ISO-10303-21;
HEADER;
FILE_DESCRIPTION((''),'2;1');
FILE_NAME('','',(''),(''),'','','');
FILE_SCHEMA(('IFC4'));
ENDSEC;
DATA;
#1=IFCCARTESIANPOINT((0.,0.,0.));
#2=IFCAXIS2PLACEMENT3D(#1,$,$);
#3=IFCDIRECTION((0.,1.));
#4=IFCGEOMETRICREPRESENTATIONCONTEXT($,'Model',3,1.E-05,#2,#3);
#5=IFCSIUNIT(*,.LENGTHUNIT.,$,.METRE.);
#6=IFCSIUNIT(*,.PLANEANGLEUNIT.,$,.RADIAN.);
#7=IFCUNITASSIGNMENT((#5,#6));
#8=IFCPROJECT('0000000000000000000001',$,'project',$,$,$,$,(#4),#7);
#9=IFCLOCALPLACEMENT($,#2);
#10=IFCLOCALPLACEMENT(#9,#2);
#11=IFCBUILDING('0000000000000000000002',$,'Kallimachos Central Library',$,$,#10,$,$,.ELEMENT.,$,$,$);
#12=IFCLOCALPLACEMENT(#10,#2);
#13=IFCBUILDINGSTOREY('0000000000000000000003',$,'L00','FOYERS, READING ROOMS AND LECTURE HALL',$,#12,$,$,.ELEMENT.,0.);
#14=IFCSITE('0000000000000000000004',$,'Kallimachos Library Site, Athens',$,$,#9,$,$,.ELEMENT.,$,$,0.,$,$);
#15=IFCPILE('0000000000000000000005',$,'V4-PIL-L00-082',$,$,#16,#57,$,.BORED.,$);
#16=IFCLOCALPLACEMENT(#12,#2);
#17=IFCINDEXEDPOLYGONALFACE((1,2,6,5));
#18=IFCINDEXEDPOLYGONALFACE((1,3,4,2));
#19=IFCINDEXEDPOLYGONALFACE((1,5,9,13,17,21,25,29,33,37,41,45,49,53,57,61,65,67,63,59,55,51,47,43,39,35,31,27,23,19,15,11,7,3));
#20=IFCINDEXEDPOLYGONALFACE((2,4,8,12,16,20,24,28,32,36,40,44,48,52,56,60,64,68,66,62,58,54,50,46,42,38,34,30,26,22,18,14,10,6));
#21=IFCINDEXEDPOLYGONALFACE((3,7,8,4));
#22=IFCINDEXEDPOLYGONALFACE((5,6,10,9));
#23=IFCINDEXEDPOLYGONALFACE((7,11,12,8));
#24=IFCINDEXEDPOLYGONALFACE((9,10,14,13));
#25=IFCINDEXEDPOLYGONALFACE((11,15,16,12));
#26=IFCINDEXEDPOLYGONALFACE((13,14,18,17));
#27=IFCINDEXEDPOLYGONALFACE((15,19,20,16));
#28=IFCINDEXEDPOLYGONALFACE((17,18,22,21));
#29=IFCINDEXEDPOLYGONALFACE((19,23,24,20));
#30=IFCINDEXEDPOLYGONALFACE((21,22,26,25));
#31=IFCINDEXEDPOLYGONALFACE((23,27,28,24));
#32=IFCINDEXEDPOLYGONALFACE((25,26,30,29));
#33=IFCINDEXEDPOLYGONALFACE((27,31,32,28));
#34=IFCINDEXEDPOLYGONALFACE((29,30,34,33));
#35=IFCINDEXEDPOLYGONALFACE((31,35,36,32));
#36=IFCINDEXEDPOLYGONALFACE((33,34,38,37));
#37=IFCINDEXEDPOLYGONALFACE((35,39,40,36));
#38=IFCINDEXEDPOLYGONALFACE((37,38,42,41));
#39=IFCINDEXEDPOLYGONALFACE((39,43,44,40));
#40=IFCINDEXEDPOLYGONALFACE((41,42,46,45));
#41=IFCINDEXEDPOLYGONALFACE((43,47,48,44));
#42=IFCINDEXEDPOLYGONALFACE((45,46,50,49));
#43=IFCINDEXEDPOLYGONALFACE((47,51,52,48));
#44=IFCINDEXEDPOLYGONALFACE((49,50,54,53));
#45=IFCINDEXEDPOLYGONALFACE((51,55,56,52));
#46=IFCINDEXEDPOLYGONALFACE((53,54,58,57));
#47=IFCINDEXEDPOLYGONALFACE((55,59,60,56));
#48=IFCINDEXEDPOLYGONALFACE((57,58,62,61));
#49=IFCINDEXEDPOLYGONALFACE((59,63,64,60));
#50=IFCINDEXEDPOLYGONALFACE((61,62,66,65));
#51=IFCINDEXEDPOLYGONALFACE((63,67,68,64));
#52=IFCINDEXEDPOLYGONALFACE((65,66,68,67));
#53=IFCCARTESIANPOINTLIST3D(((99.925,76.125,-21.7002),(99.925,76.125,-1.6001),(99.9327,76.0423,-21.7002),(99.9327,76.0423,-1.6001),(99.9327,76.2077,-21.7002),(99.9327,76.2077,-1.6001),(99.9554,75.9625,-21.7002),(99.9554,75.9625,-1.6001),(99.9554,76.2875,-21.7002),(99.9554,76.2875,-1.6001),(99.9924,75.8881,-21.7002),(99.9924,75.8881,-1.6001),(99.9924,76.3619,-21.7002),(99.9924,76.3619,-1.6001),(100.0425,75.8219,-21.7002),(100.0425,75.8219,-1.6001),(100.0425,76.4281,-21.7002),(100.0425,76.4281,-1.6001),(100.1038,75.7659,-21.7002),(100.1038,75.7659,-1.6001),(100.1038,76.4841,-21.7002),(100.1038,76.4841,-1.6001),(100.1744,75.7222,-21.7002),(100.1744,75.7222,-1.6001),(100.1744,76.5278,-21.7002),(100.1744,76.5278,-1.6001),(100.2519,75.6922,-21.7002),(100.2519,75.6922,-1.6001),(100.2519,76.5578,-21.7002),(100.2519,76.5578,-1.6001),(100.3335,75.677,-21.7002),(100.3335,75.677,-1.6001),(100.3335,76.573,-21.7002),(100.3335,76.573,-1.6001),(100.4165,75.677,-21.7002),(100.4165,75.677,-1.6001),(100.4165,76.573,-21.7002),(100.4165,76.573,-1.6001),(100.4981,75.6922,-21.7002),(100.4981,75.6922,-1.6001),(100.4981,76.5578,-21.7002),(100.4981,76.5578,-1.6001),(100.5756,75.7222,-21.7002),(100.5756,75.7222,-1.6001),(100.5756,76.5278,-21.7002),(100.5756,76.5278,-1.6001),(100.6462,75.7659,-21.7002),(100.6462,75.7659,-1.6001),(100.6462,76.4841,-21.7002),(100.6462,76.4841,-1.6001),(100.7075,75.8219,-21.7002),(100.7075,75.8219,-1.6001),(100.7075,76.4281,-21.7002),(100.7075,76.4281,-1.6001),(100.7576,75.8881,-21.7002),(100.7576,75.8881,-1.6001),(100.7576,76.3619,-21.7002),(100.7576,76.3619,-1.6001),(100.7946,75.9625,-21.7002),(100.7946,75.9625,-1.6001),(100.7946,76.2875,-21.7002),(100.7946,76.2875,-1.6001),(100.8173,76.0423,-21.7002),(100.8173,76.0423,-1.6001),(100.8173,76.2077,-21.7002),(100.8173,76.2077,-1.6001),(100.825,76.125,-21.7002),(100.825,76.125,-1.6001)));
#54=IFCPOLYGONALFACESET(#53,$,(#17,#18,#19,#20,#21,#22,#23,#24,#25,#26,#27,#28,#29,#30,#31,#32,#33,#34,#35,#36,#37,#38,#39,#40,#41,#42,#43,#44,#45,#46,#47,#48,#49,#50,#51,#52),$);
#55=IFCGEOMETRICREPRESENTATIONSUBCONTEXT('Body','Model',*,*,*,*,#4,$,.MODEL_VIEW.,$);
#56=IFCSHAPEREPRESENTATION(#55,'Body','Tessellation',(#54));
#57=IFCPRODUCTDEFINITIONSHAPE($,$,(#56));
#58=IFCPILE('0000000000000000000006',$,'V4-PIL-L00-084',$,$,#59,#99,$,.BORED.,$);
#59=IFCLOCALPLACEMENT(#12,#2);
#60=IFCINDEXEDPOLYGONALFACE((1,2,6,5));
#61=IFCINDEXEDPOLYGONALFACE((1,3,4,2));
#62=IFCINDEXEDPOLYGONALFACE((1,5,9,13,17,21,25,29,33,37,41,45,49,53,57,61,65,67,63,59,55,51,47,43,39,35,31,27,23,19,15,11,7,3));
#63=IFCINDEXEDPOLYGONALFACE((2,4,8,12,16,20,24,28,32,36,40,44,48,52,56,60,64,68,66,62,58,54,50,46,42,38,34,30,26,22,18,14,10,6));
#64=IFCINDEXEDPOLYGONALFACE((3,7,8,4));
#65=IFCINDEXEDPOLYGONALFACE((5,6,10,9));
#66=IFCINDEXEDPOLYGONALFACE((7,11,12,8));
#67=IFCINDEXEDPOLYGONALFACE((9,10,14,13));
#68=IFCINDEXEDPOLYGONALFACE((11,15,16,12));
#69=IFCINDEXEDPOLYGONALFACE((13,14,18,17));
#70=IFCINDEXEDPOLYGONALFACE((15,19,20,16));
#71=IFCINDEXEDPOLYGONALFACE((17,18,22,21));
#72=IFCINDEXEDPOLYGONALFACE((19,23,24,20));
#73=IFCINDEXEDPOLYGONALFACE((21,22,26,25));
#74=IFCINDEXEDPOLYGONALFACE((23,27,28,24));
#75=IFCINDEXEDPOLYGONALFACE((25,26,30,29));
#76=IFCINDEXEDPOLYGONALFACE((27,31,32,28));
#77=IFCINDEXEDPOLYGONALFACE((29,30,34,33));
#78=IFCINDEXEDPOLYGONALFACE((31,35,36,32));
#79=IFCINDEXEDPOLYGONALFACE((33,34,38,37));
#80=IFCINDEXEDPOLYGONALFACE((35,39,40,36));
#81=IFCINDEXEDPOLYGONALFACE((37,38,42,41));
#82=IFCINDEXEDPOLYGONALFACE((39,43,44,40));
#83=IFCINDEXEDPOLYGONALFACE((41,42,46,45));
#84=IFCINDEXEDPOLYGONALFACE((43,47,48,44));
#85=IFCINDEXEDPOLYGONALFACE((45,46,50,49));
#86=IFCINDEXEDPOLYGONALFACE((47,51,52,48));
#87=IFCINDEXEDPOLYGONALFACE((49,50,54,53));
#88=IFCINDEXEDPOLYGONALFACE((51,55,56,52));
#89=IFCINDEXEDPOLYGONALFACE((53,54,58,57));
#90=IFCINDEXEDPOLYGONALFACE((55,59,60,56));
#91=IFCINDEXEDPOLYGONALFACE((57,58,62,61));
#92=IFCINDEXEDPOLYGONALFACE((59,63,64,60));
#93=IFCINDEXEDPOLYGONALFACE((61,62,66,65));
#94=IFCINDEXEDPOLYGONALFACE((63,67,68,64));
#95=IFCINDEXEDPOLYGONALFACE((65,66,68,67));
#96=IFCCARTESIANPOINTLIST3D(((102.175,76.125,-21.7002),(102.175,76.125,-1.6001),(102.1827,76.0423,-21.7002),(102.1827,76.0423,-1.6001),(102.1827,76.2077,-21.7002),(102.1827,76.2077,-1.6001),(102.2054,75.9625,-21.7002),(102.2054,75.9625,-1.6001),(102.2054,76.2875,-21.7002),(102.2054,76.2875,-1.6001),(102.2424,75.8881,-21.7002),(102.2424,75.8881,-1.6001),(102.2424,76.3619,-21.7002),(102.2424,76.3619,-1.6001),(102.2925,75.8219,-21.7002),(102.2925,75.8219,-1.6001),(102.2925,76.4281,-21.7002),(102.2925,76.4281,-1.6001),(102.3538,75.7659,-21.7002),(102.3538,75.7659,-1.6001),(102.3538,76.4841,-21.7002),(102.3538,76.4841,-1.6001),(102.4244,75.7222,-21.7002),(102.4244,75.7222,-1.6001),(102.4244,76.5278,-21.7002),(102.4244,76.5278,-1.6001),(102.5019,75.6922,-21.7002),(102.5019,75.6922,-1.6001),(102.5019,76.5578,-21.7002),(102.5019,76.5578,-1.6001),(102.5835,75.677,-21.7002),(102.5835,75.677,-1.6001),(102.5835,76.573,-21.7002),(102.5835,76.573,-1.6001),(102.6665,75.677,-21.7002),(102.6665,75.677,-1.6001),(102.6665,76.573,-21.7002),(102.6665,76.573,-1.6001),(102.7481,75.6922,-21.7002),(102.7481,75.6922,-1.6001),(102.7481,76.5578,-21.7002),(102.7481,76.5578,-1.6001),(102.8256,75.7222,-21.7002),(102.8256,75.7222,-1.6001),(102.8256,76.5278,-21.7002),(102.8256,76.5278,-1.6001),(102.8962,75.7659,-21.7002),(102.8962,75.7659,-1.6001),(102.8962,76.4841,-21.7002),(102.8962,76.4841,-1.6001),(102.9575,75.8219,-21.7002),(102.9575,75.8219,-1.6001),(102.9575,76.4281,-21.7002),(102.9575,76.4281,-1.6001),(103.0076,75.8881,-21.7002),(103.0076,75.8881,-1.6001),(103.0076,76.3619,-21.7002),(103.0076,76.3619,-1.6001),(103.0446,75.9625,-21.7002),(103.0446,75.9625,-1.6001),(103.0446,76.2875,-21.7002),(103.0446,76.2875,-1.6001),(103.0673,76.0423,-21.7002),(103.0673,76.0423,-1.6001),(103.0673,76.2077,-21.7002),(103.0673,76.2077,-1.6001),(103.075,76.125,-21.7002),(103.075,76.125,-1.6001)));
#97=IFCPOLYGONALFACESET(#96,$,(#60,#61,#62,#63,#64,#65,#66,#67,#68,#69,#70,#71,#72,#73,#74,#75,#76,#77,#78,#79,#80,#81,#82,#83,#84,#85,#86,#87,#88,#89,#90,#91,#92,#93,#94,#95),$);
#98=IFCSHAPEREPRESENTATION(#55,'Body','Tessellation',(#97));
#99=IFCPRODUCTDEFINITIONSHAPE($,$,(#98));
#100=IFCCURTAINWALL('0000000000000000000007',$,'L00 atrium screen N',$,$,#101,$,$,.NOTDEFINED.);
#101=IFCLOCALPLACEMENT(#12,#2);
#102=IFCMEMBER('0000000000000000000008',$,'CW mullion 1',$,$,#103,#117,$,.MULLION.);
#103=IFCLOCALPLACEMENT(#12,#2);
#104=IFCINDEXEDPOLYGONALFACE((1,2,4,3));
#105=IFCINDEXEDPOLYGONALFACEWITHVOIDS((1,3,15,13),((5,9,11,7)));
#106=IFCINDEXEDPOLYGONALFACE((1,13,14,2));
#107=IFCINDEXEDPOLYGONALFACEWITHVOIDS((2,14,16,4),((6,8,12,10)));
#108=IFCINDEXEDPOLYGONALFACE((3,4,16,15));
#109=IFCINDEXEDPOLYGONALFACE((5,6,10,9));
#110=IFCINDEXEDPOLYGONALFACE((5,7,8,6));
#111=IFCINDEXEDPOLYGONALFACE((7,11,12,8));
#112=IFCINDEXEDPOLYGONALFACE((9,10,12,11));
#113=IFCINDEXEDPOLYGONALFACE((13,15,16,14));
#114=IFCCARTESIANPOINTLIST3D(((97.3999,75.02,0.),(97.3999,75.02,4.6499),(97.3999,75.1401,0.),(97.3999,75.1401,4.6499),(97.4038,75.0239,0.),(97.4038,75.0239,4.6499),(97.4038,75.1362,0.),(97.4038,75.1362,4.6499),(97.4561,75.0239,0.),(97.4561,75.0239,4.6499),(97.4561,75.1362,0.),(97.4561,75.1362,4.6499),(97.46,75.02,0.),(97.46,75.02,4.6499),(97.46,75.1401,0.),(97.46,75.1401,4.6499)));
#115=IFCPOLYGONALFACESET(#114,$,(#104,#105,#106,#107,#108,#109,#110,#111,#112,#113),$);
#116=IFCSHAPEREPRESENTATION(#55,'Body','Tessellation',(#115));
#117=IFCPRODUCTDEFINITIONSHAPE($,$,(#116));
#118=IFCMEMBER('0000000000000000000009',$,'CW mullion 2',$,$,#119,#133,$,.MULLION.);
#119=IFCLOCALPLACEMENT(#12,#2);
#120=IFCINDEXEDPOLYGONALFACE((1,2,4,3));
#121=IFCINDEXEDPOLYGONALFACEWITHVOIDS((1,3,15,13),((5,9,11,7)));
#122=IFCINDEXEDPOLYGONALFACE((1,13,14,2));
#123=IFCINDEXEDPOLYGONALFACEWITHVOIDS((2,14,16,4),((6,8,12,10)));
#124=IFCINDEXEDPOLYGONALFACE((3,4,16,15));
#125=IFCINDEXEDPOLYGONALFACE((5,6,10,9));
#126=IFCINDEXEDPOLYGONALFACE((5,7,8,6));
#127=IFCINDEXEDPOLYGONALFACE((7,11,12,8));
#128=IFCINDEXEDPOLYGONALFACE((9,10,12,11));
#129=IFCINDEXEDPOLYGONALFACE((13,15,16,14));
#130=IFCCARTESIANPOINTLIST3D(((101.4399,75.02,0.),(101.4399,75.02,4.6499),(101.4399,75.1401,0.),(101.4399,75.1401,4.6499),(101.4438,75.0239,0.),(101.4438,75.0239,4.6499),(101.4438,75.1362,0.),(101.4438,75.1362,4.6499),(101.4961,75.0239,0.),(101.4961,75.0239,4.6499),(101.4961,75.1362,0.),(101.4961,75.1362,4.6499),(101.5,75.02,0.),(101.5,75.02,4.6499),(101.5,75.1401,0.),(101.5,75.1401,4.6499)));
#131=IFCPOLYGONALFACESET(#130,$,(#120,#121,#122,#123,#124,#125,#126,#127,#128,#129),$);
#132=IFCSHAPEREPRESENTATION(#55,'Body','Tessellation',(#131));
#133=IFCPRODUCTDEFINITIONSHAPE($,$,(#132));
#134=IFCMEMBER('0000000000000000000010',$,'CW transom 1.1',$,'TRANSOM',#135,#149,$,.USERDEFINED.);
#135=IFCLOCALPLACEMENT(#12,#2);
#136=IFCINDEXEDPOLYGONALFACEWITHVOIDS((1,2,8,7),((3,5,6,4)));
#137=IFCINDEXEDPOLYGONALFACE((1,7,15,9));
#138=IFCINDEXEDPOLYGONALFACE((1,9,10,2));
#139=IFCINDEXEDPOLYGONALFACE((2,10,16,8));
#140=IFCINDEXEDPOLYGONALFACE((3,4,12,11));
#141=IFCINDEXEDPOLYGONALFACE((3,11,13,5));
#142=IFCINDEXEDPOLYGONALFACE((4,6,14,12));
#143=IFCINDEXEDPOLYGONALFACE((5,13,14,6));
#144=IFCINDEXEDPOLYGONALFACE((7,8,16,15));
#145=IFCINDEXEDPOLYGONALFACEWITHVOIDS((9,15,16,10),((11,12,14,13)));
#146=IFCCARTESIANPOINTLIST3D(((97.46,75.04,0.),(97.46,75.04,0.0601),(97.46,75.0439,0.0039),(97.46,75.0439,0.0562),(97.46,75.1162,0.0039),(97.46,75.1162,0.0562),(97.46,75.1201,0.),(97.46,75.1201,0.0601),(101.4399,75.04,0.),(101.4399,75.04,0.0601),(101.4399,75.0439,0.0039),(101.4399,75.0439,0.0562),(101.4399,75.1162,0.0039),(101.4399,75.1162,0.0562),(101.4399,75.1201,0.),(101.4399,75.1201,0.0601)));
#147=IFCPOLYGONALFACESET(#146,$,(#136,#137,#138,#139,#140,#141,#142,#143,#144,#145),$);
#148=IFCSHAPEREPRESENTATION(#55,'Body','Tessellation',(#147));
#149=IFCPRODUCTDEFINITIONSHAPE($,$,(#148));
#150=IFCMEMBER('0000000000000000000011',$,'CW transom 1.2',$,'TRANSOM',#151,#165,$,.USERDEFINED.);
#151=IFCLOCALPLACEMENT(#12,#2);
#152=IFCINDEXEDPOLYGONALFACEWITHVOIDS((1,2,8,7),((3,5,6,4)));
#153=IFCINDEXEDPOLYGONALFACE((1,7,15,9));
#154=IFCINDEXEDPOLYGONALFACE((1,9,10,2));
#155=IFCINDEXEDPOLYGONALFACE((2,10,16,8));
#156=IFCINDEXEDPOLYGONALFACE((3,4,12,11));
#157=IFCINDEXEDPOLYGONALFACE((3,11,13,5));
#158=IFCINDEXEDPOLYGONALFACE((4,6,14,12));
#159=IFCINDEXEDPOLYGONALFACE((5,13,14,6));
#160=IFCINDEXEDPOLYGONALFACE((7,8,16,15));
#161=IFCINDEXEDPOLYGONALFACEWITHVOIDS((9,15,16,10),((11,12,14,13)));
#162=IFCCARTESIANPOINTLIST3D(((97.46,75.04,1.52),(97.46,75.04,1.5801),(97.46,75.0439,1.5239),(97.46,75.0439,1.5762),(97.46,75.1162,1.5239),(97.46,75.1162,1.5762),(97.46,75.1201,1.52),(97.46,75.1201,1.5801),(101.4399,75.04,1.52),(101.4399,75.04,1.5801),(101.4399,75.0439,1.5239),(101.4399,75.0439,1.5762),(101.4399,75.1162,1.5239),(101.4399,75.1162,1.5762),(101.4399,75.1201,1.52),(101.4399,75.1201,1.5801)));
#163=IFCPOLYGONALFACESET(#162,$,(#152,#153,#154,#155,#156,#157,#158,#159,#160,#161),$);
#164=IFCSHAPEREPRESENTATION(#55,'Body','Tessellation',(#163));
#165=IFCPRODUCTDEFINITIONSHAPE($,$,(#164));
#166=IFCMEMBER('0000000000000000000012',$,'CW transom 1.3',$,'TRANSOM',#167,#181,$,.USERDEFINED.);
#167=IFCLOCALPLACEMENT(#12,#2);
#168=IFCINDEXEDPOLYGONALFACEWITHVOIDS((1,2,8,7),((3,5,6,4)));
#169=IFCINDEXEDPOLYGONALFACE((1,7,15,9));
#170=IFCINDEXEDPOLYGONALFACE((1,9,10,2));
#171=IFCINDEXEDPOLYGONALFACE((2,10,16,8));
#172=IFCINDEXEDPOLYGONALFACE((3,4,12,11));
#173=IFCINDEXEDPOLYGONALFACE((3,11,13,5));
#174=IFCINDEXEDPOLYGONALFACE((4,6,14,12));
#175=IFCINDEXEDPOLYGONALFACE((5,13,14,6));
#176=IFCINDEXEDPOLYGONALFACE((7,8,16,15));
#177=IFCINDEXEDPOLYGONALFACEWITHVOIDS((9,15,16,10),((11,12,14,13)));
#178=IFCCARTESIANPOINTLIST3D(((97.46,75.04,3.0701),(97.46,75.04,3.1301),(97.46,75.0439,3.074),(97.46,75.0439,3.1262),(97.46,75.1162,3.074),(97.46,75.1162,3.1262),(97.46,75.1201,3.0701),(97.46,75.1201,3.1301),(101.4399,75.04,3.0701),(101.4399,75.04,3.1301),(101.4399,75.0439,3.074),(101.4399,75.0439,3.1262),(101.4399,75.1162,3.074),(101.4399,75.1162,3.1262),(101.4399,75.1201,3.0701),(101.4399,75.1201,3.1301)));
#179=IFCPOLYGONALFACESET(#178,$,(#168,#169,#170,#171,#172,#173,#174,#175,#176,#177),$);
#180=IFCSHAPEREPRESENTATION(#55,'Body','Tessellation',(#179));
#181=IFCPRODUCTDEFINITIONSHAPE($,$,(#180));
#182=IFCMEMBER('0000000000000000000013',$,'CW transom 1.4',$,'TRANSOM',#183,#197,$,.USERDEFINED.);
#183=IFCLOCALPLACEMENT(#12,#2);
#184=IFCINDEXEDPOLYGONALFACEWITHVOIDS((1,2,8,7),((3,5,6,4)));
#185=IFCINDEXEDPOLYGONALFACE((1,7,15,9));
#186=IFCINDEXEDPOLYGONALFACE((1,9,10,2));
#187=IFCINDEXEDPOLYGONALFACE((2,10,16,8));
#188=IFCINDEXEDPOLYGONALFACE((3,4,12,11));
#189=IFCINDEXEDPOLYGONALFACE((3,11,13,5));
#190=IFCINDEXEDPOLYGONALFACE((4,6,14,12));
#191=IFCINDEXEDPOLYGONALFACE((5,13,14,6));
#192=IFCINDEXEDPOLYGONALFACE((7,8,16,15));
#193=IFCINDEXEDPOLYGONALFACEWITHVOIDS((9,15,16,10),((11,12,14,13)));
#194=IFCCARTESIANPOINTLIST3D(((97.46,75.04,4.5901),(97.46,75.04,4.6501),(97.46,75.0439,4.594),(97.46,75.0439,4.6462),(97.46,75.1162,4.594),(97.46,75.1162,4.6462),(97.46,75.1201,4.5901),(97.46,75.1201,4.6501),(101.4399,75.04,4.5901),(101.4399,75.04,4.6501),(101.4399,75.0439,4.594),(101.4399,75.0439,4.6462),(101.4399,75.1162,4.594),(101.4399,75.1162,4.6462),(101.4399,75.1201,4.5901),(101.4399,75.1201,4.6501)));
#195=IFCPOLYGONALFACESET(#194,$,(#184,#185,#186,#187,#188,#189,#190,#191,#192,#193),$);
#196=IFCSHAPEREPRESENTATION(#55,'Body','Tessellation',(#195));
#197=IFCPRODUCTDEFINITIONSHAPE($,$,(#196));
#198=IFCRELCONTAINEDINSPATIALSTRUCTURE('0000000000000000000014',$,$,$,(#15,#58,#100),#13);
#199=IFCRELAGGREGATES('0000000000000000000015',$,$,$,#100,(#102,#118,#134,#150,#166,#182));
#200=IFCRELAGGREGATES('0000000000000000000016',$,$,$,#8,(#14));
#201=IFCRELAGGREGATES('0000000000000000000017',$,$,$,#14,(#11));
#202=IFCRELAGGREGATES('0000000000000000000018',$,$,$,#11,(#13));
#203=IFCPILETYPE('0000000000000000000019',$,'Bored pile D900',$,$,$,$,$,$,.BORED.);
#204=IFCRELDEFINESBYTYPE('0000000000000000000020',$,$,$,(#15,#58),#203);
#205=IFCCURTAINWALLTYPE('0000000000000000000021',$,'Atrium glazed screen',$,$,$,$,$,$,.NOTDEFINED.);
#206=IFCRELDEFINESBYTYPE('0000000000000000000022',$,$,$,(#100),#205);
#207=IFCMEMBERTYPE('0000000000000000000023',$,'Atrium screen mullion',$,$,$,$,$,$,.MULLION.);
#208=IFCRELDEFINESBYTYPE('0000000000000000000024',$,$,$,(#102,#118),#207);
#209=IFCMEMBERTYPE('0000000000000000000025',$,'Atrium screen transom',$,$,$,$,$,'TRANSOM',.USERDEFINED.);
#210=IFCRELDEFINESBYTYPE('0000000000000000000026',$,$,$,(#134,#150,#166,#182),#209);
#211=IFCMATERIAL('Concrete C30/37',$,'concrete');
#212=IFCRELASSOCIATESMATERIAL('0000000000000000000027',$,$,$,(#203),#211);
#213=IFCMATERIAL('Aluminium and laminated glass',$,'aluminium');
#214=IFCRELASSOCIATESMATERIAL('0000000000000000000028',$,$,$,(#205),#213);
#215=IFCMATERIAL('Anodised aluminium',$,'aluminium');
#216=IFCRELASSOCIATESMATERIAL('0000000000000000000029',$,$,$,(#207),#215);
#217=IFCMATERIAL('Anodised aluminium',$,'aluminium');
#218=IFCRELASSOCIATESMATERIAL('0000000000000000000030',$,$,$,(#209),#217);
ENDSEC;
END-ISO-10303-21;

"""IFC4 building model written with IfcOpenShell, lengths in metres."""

from ifc_helpers import new_model, si_unit, direction, frame, origin, origin_2d, place, context, subcontext, project, spatial, hollow_rectangle, circle, extrude, material, material_profile, profile_set, type_object, element, aggregate, save


model = new_model("IFC4")

# Units and contexts
model_context = context("Model", 3, precision=1e-05, world=origin(), true_north=direction((0.0, 1.0)))
body_context = subcontext(model_context, "Body", "Model", "MODEL_VIEW")
ifc_project = project(units=[si_unit("LENGTHUNIT", "METRE"), si_unit("PLANEANGLEUNIT", "RADIAN")], contexts=[model_context])

# Site, building, storey
site_placement = place(None, origin())
site = spatial("IfcSite", under=ifc_project, at=site_placement, Name="Kallimachos Library Site, Athens", CompositionType="ELEMENT", RefElevation=0.0)
building_placement = place(site_placement, origin())
building = spatial("IfcBuilding", under=site, at=building_placement, Name="Kallimachos Central Library", CompositionType="ELEMENT")
storey_placement = place(building_placement, origin())
storey = spatial("IfcBuildingStorey", under=building, at=storey_placement, Name="L00", Description="FOYERS, READING ROOMS AND LECTURE HALL", CompositionType="ELEMENT", Elevation=0.0)

# Piles
ifc_material_1 = material(Name="Concrete C30/37", Category="concrete")
pile_type = type_object("IfcPileType", Name="Bored pile D900", PredefinedType="BORED", material=ifc_material_1)
for number, where, z_axis, x_axis, name in (
    (1, (100.375, 76.125, -1.6001), (0.0, 0.0, -1.0), (1.0, 0.0, 0.0), "V4-PIL-L00-082"),
    (2, (102.625, 76.125, -1.6001), (0.0, 0.0, -1.0), (1.0, 0.0, 0.0), "V4-PIL-L00-084"),
):
    element("IfcPile", number, at=place(storey_placement, frame(where, z_axis=z_axis, x_axis=x_axis)), inside=storey, type_object=pile_type, Name=name, PredefinedType="BORED", context=body_context, shape_type="SweptSolid", body=[
        extrude(circle(Radius=0.45, at=origin_2d()), origin(), (0.0, 0.0, 1.0), 20.1001),
    ])

# Curtain wall, members
ifc_material_2 = material(Name="Aluminium and laminated glass", Category="aluminium")
curtain_wall_type = type_object("IfcCurtainWallType", Name="Atrium glazed screen", PredefinedType="NOTDEFINED", material=ifc_material_2)
curtain_wall_placement = place(storey_placement, origin())
curtain_wall = element("IfcCurtainWall", 3, at=curtain_wall_placement, inside=storey, type_object=curtain_wall_type, Name="L00 atrium screen N", PredefinedType="NOTDEFINED")
ifc_material_3 = material(Name="Anodised aluminium", Category="aluminium")
ifc_material_profile_1 = material_profile(ifc_material_3, hollow_rectangle(XDim=0.0601, YDim=0.1201, WallThickness=0.0039, at=origin_2d()), Name="ALU MULLION 60x120")
ifc_profile_set_1 = profile_set([ifc_material_profile_1], Name="Anodised aluminium")
member_type_1 = type_object("IfcMemberType", Name="Atrium screen mullion", PredefinedType="MULLION", material=ifc_profile_set_1)
member_1_placement = place(storey_placement, frame((97.4299, 75.0801, 0.0), z_axis=(0.0, 0.0, 1.0), x_axis=(1.0, 0.0, 0.0)))
member_1 = element("IfcMember", 4, at=member_1_placement, type_object=member_type_1, Name="CW mullion 1", PredefinedType="MULLION", context=body_context, shape_type="SweptSolid", body=[
    extrude(hollow_rectangle(XDim=0.0601, YDim=0.1201, WallThickness=0.0039, at=origin_2d()), origin(), (0.0, 0.0, 1.0), 4.6499),
])
member_2_placement = place(storey_placement, frame((101.47, 75.0801, 0.0), z_axis=(0.0, 0.0, 1.0), x_axis=(1.0, 0.0, 0.0)))
member_2 = element("IfcMember", 5, at=member_2_placement, type_object=member_type_1, Name="CW mullion 2", PredefinedType="MULLION", context=body_context, shape_type="SweptSolid", body=[
    extrude(hollow_rectangle(XDim=0.0601, YDim=0.1201, WallThickness=0.0039, at=origin_2d()), origin(), (0.0, 0.0, 1.0), 4.6499),
])
ifc_material_4 = material(Name="Anodised aluminium", Category="aluminium")
ifc_material_profile_2 = material_profile(ifc_material_4, hollow_rectangle(XDim=0.0601, YDim=0.0801, WallThickness=0.0039, at=origin_2d()), Name="ALU TRANSOM 60x80")
ifc_profile_set_2 = profile_set([ifc_material_profile_2], Name="Anodised aluminium")
member_type_2 = type_object("IfcMemberType", Name="Atrium screen transom", ElementType="TRANSOM", PredefinedType="USERDEFINED", material=ifc_profile_set_2)
member_3_placement = place(storey_placement, frame((97.46, 75.0801, 0.03), z_axis=(1.0, 0.0, 0.0), x_axis=(0.0, 0.0, 1.0)))
member_3 = element("IfcMember", 6, at=member_3_placement, type_object=member_type_2, Name="CW transom 1.1", ObjectType="TRANSOM", PredefinedType="USERDEFINED", context=body_context, shape_type="SweptSolid", body=[
    extrude(hollow_rectangle(XDim=0.0601, YDim=0.0801, WallThickness=0.0039, at=origin_2d()), origin(), (0.0, 0.0, 1.0), 3.98),
])
member_4_placement = place(storey_placement, frame((97.46, 75.0801, 1.55), z_axis=(1.0, 0.0, 0.0), x_axis=(0.0, 0.0, 1.0)))
member_4 = element("IfcMember", 7, at=member_4_placement, type_object=member_type_2, Name="CW transom 1.2", ObjectType="TRANSOM", PredefinedType="USERDEFINED", context=body_context, shape_type="SweptSolid", body=[
    extrude(hollow_rectangle(XDim=0.0601, YDim=0.0801, WallThickness=0.0039, at=origin_2d()), origin(), (0.0, 0.0, 1.0), 3.98),
])
member_5_placement = place(storey_placement, frame((97.46, 75.0801, 3.1001), z_axis=(1.0, 0.0, 0.0), x_axis=(0.0, 0.0, 1.0)))
member_5 = element("IfcMember", 8, at=member_5_placement, type_object=member_type_2, Name="CW transom 1.3", ObjectType="TRANSOM", PredefinedType="USERDEFINED", context=body_context, shape_type="SweptSolid", body=[
    extrude(hollow_rectangle(XDim=0.0601, YDim=0.0801, WallThickness=0.0039, at=origin_2d()), origin(), (0.0, 0.0, 1.0), 3.98),
])
member_6_placement = place(storey_placement, frame((97.46, 75.0801, 4.6201), z_axis=(1.0, 0.0, 0.0), x_axis=(0.0, 0.0, 1.0)))
member_6 = element("IfcMember", 9, at=member_6_placement, type_object=member_type_2, Name="CW transom 1.4", ObjectType="TRANSOM", PredefinedType="USERDEFINED", context=body_context, shape_type="SweptSolid", body=[
    extrude(hollow_rectangle(XDim=0.0601, YDim=0.0801, WallThickness=0.0039, at=origin_2d()), origin(), (0.0, 0.0, 1.0), 3.98),
])

aggregate(curtain_wall, [member_1, member_2, member_3, member_4, member_5, member_6])

save(model, "model.ifc")
